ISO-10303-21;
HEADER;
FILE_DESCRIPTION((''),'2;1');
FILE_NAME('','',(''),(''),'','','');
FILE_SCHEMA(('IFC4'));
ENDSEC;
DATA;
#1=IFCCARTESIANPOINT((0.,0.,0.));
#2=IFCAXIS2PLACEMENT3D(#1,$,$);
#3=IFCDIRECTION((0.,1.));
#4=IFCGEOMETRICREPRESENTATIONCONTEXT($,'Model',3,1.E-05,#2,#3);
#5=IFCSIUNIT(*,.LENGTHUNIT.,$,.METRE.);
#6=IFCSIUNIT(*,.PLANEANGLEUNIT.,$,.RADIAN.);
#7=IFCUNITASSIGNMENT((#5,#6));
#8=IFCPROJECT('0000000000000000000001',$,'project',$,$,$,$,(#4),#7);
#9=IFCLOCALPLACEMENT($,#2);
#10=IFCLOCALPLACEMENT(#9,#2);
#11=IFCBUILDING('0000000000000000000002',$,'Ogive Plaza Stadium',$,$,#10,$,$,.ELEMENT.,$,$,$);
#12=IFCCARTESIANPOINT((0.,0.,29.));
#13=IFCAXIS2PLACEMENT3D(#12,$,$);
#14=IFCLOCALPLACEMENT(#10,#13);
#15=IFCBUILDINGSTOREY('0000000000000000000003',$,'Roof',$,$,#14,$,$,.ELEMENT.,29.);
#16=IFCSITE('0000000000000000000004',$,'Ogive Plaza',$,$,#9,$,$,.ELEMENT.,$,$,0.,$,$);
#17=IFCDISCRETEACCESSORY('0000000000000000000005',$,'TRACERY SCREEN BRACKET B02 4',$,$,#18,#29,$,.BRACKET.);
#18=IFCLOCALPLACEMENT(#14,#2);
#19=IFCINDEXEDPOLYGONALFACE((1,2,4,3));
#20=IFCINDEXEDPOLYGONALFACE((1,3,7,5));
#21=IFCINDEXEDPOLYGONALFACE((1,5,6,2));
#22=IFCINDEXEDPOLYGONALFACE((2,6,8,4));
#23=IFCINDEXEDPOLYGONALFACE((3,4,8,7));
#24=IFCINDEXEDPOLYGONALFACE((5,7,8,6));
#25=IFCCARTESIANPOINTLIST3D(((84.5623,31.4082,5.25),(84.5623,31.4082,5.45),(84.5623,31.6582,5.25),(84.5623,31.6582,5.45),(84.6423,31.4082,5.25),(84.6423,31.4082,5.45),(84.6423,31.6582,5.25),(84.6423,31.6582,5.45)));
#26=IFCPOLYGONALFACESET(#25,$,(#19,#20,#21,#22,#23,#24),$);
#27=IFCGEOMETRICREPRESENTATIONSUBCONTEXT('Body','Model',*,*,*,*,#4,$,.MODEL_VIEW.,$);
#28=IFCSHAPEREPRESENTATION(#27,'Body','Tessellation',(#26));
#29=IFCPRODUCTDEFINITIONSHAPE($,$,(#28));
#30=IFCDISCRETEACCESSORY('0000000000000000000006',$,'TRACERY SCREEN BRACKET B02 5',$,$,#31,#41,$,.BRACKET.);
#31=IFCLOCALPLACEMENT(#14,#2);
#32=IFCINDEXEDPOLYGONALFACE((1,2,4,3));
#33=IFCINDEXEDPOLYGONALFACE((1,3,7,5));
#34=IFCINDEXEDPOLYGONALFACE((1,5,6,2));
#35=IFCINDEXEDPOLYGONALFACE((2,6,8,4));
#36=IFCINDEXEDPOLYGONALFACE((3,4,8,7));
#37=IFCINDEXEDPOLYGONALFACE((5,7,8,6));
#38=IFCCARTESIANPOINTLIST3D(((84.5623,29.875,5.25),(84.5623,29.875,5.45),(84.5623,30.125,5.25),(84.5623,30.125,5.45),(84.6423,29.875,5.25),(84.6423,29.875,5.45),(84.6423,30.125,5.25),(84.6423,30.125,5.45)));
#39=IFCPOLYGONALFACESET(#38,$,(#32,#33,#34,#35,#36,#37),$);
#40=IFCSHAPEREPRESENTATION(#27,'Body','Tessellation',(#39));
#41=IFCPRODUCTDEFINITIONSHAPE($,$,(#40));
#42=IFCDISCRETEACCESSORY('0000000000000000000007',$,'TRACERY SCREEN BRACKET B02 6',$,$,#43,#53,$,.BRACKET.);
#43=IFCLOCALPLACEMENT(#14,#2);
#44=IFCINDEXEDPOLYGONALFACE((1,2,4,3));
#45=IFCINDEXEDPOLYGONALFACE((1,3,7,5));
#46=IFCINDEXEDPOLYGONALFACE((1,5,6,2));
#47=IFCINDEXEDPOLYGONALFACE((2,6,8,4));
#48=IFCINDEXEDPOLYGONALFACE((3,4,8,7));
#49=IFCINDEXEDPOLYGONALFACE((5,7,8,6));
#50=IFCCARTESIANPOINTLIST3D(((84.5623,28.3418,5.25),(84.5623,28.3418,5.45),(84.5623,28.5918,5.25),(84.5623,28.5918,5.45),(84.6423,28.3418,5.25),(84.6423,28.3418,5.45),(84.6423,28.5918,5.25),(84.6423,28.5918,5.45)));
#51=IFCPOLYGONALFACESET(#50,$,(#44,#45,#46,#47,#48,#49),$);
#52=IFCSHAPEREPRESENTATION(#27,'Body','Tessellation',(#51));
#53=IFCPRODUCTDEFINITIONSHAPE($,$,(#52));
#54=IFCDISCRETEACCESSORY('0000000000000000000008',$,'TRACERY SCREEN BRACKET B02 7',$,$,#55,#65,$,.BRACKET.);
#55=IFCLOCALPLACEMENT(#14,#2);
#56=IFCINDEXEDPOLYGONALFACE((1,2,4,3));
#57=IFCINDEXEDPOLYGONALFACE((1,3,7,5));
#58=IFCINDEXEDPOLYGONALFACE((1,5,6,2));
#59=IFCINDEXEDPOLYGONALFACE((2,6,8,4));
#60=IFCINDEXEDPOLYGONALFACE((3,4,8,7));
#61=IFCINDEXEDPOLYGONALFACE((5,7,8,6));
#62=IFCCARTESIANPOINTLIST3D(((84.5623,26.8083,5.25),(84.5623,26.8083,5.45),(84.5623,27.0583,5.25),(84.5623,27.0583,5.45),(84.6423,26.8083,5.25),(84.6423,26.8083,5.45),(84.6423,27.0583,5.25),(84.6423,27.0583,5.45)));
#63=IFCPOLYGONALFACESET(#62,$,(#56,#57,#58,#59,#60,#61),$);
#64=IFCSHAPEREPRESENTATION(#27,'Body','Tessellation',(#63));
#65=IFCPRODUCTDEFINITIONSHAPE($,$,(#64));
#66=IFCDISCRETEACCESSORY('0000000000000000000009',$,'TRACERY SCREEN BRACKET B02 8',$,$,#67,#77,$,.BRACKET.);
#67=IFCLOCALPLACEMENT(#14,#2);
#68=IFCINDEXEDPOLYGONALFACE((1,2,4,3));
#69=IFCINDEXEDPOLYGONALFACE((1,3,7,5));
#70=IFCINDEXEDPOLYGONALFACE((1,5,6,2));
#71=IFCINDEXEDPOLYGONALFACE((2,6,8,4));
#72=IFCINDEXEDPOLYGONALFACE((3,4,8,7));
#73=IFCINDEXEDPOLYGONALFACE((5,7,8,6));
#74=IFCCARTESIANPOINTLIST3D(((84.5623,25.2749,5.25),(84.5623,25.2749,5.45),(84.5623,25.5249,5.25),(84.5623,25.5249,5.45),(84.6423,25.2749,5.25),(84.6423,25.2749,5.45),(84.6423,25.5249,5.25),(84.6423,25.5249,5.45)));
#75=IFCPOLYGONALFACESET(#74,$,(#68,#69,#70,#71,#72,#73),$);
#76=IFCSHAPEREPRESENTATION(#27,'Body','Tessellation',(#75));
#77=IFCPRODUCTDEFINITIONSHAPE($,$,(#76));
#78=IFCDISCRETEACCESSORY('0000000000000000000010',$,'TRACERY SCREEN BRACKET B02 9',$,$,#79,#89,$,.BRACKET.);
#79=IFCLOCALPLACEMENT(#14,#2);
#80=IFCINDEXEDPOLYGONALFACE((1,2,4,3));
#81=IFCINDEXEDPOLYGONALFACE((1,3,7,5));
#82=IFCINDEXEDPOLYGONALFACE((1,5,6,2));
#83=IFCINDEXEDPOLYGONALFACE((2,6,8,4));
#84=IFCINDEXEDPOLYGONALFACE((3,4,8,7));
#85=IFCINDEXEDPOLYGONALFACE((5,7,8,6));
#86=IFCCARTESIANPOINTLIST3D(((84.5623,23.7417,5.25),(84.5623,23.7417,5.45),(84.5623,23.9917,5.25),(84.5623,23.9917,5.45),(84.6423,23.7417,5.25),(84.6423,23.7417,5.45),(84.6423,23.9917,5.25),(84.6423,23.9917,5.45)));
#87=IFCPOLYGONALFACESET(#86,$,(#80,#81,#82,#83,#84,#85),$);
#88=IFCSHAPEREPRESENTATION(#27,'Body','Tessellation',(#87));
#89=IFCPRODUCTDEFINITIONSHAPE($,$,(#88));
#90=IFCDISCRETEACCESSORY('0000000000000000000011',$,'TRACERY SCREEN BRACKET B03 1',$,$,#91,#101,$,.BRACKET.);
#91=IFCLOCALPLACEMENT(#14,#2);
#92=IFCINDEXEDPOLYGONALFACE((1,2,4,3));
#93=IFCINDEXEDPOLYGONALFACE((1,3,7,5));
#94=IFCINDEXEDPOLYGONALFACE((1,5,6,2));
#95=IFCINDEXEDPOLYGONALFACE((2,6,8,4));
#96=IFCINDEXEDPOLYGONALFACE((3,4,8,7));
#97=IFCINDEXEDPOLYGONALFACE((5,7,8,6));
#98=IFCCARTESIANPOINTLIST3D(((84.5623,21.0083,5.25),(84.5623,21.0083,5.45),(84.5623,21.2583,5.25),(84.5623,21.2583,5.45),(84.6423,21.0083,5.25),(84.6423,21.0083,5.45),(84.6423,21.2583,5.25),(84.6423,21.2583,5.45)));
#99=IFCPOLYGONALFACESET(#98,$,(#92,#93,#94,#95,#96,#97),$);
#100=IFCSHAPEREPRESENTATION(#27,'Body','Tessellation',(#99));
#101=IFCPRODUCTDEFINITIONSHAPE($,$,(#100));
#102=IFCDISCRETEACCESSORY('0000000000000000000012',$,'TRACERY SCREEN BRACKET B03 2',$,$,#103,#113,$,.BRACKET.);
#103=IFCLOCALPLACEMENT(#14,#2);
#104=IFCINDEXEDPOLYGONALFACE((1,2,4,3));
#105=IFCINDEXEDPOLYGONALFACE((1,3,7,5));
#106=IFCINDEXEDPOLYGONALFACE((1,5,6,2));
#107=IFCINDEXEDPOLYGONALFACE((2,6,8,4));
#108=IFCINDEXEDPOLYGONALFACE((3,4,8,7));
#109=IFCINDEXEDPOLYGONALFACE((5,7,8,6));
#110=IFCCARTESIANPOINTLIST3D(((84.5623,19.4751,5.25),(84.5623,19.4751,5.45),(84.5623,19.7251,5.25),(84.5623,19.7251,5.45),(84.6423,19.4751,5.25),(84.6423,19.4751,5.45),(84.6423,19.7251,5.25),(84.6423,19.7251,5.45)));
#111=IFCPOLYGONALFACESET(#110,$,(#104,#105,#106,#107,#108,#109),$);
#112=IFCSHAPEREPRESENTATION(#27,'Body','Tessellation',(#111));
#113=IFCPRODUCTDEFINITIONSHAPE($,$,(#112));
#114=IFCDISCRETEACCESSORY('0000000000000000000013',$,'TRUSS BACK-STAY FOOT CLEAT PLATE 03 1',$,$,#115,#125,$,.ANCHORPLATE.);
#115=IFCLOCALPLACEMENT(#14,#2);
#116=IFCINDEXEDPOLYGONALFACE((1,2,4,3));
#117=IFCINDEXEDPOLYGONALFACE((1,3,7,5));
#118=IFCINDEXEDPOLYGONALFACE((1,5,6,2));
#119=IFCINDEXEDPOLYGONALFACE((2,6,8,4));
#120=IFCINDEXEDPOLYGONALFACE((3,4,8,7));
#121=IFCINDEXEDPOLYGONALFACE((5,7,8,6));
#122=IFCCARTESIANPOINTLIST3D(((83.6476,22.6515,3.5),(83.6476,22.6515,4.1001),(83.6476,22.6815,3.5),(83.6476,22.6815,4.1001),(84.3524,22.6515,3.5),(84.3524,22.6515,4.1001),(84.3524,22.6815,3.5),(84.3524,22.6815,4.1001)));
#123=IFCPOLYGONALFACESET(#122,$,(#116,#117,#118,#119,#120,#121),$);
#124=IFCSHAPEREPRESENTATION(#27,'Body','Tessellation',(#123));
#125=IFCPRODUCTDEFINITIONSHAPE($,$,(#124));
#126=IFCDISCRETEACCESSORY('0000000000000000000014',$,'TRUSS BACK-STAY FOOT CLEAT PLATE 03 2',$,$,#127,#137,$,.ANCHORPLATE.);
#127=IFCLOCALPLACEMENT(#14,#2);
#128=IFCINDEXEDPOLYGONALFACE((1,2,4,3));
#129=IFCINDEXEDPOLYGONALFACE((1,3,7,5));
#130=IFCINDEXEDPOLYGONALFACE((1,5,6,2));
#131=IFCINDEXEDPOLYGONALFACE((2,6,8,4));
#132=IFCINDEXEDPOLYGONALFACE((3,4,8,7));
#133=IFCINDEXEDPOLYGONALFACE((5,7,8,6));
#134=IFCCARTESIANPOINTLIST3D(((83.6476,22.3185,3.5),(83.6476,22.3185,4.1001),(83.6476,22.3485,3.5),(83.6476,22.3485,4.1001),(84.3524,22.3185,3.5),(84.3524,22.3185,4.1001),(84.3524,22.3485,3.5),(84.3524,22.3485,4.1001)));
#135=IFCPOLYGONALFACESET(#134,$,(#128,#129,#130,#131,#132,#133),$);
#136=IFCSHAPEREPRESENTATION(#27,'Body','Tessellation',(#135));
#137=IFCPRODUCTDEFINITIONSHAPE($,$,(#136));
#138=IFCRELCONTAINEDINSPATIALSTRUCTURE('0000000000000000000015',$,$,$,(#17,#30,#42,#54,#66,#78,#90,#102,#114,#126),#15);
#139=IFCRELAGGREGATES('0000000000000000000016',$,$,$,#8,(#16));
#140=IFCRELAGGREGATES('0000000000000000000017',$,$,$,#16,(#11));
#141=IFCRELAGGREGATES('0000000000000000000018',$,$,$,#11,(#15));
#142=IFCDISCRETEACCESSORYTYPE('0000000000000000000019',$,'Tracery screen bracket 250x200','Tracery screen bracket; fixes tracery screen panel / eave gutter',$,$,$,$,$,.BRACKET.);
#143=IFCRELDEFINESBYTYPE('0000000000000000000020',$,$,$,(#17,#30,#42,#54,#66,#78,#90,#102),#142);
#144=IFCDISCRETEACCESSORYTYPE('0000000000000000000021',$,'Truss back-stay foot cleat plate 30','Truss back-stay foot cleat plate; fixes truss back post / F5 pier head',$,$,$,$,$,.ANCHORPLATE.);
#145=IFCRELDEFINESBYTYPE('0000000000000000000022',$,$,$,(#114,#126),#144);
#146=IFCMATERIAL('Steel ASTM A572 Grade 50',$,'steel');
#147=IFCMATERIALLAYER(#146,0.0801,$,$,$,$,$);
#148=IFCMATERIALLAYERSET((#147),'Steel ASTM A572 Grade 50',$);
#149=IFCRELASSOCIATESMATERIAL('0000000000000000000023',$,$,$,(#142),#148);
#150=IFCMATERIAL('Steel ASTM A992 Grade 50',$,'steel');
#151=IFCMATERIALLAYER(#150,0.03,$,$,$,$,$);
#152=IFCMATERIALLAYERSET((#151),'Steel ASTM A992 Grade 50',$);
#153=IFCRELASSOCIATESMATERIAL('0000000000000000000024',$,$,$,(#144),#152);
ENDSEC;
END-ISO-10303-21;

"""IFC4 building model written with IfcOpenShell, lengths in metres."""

from ifc_helpers import new_model, si_unit, direction, frame, origin, origin_2d, place, context, subcontext, project, spatial, rectangle, extrude, material, layer, layer_set, type_object, element, save


model = new_model("IFC4")

# Units and contexts
model_context = context("Model", 3, precision=1e-05, world=origin(), true_north=direction((0.0, 1.0)))
body_context = subcontext(model_context, "Body", "Model", "MODEL_VIEW")
ifc_project = project(units=[si_unit("LENGTHUNIT", "METRE"), si_unit("PLANEANGLEUNIT", "RADIAN")], contexts=[model_context])

# Site, building, storey
site_placement = place(None, origin())
site = spatial("IfcSite", under=ifc_project, at=site_placement, Name="Ogive Plaza", CompositionType="ELEMENT", RefElevation=0.0)
building_placement = place(site_placement, origin())
building = spatial("IfcBuilding", under=site, at=building_placement, Name="Ogive Plaza Stadium", CompositionType="ELEMENT")
storey_placement = place(building_placement, frame((0.0, 0.0, 29.0)))
storey = spatial("IfcBuildingStorey", under=building, at=storey_placement, Name="Roof", CompositionType="ELEMENT", Elevation=29.0)

# Discrete accessories
ifc_material_1 = material(Name="Steel ASTM A572 Grade 50", Category="steel")
ifc_layer_1 = layer(ifc_material_1, 0.0801)
ifc_layer_set_1 = layer_set([ifc_layer_1], Name="Steel ASTM A572 Grade 50")
discrete_accessory_type_1 = type_object("IfcDiscreteAccessoryType", Name="Tracery screen bracket 250x200", Description="Tracery screen bracket; fixes tracery screen panel / eave gutter", PredefinedType="BRACKET", material=ifc_layer_set_1)
for number, where, z_axis, x_axis, name in (
    (1, (84.6023, 31.5332, 5.25), (0.0, 0.0, 1.0), (0.0, -1.0, 0.0), "TRACERY SCREEN BRACKET B02 4"),
    (2, (84.6023, 30.0, 5.25), (0.0, 0.0, 1.0), (0.0, -1.0, 0.0), "TRACERY SCREEN BRACKET B02 5"),
    (3, (84.6023, 28.4668, 5.25), (0.0, 0.0, 1.0), (0.0, -1.0, 0.0), "TRACERY SCREEN BRACKET B02 6"),
    (4, (84.6023, 26.9333, 5.25), (0.0, 0.0, 1.0), (0.0, -1.0, 0.0), "TRACERY SCREEN BRACKET B02 7"),
    (5, (84.6023, 25.3999, 5.25), (0.0, 0.0, 1.0), (0.0, -1.0, 0.0), "TRACERY SCREEN BRACKET B02 8"),
    (6, (84.6023, 23.8667, 5.25), (0.0, 0.0, 1.0), (0.0, -1.0, 0.0), "TRACERY SCREEN BRACKET B02 9"),
    (7, (84.6023, 21.1333, 5.25), (0.0, 0.0, 1.0), (0.0, -1.0, 0.0), "TRACERY SCREEN BRACKET B03 1"),
    (8, (84.6023, 19.6001, 5.25), (0.0, 0.0, 1.0), (0.0, -1.0, 0.0), "TRACERY SCREEN BRACKET B03 2"),
):
    element("IfcDiscreteAccessory", number, at=place(storey_placement, frame(where, z_axis=z_axis, x_axis=x_axis)), inside=storey, type_object=discrete_accessory_type_1, Name=name, PredefinedType="BRACKET", context=body_context, shape_type="SweptSolid", body=[
        extrude(rectangle(XDim=0.25, YDim=0.0801, at=origin_2d()), origin(), (0.0, 0.0, 1.0), 0.2),
    ])
ifc_material_2 = material(Name="Steel ASTM A992 Grade 50", Category="steel")
ifc_layer_2 = layer(ifc_material_2, 0.03)
ifc_layer_set_2 = layer_set([ifc_layer_2], Name="Steel ASTM A992 Grade 50")
discrete_accessory_type_2 = type_object("IfcDiscreteAccessoryType", Name="Truss back-stay foot cleat plate 30", Description="Truss back-stay foot cleat plate; fixes truss back post / F5 pier head", PredefinedType="ANCHORPLATE", material=ifc_layer_set_2)
for number, where, z_axis, x_axis, name in (
    (9, (84.0, 22.6665, 3.5), (0.0, 0.0, 1.0), (1.0, 0.0, 0.0), "TRUSS BACK-STAY FOOT CLEAT PLATE 03 1"),
    (10, (84.0, 22.3335, 3.5), (0.0, 0.0, 1.0), (1.0, 0.0, 0.0), "TRUSS BACK-STAY FOOT CLEAT PLATE 03 2"),
):
    element("IfcDiscreteAccessory", number, at=place(storey_placement, frame(where, z_axis=z_axis, x_axis=x_axis)), inside=storey, type_object=discrete_accessory_type_2, Name=name, PredefinedType="ANCHORPLATE", context=body_context, shape_type="SweptSolid", body=[
        extrude(rectangle(XDim=0.7048, YDim=0.03, at=origin_2d()), origin(), (0.0, 0.0, 1.0), 0.6001),
    ])

save(model, "model.ifc")
